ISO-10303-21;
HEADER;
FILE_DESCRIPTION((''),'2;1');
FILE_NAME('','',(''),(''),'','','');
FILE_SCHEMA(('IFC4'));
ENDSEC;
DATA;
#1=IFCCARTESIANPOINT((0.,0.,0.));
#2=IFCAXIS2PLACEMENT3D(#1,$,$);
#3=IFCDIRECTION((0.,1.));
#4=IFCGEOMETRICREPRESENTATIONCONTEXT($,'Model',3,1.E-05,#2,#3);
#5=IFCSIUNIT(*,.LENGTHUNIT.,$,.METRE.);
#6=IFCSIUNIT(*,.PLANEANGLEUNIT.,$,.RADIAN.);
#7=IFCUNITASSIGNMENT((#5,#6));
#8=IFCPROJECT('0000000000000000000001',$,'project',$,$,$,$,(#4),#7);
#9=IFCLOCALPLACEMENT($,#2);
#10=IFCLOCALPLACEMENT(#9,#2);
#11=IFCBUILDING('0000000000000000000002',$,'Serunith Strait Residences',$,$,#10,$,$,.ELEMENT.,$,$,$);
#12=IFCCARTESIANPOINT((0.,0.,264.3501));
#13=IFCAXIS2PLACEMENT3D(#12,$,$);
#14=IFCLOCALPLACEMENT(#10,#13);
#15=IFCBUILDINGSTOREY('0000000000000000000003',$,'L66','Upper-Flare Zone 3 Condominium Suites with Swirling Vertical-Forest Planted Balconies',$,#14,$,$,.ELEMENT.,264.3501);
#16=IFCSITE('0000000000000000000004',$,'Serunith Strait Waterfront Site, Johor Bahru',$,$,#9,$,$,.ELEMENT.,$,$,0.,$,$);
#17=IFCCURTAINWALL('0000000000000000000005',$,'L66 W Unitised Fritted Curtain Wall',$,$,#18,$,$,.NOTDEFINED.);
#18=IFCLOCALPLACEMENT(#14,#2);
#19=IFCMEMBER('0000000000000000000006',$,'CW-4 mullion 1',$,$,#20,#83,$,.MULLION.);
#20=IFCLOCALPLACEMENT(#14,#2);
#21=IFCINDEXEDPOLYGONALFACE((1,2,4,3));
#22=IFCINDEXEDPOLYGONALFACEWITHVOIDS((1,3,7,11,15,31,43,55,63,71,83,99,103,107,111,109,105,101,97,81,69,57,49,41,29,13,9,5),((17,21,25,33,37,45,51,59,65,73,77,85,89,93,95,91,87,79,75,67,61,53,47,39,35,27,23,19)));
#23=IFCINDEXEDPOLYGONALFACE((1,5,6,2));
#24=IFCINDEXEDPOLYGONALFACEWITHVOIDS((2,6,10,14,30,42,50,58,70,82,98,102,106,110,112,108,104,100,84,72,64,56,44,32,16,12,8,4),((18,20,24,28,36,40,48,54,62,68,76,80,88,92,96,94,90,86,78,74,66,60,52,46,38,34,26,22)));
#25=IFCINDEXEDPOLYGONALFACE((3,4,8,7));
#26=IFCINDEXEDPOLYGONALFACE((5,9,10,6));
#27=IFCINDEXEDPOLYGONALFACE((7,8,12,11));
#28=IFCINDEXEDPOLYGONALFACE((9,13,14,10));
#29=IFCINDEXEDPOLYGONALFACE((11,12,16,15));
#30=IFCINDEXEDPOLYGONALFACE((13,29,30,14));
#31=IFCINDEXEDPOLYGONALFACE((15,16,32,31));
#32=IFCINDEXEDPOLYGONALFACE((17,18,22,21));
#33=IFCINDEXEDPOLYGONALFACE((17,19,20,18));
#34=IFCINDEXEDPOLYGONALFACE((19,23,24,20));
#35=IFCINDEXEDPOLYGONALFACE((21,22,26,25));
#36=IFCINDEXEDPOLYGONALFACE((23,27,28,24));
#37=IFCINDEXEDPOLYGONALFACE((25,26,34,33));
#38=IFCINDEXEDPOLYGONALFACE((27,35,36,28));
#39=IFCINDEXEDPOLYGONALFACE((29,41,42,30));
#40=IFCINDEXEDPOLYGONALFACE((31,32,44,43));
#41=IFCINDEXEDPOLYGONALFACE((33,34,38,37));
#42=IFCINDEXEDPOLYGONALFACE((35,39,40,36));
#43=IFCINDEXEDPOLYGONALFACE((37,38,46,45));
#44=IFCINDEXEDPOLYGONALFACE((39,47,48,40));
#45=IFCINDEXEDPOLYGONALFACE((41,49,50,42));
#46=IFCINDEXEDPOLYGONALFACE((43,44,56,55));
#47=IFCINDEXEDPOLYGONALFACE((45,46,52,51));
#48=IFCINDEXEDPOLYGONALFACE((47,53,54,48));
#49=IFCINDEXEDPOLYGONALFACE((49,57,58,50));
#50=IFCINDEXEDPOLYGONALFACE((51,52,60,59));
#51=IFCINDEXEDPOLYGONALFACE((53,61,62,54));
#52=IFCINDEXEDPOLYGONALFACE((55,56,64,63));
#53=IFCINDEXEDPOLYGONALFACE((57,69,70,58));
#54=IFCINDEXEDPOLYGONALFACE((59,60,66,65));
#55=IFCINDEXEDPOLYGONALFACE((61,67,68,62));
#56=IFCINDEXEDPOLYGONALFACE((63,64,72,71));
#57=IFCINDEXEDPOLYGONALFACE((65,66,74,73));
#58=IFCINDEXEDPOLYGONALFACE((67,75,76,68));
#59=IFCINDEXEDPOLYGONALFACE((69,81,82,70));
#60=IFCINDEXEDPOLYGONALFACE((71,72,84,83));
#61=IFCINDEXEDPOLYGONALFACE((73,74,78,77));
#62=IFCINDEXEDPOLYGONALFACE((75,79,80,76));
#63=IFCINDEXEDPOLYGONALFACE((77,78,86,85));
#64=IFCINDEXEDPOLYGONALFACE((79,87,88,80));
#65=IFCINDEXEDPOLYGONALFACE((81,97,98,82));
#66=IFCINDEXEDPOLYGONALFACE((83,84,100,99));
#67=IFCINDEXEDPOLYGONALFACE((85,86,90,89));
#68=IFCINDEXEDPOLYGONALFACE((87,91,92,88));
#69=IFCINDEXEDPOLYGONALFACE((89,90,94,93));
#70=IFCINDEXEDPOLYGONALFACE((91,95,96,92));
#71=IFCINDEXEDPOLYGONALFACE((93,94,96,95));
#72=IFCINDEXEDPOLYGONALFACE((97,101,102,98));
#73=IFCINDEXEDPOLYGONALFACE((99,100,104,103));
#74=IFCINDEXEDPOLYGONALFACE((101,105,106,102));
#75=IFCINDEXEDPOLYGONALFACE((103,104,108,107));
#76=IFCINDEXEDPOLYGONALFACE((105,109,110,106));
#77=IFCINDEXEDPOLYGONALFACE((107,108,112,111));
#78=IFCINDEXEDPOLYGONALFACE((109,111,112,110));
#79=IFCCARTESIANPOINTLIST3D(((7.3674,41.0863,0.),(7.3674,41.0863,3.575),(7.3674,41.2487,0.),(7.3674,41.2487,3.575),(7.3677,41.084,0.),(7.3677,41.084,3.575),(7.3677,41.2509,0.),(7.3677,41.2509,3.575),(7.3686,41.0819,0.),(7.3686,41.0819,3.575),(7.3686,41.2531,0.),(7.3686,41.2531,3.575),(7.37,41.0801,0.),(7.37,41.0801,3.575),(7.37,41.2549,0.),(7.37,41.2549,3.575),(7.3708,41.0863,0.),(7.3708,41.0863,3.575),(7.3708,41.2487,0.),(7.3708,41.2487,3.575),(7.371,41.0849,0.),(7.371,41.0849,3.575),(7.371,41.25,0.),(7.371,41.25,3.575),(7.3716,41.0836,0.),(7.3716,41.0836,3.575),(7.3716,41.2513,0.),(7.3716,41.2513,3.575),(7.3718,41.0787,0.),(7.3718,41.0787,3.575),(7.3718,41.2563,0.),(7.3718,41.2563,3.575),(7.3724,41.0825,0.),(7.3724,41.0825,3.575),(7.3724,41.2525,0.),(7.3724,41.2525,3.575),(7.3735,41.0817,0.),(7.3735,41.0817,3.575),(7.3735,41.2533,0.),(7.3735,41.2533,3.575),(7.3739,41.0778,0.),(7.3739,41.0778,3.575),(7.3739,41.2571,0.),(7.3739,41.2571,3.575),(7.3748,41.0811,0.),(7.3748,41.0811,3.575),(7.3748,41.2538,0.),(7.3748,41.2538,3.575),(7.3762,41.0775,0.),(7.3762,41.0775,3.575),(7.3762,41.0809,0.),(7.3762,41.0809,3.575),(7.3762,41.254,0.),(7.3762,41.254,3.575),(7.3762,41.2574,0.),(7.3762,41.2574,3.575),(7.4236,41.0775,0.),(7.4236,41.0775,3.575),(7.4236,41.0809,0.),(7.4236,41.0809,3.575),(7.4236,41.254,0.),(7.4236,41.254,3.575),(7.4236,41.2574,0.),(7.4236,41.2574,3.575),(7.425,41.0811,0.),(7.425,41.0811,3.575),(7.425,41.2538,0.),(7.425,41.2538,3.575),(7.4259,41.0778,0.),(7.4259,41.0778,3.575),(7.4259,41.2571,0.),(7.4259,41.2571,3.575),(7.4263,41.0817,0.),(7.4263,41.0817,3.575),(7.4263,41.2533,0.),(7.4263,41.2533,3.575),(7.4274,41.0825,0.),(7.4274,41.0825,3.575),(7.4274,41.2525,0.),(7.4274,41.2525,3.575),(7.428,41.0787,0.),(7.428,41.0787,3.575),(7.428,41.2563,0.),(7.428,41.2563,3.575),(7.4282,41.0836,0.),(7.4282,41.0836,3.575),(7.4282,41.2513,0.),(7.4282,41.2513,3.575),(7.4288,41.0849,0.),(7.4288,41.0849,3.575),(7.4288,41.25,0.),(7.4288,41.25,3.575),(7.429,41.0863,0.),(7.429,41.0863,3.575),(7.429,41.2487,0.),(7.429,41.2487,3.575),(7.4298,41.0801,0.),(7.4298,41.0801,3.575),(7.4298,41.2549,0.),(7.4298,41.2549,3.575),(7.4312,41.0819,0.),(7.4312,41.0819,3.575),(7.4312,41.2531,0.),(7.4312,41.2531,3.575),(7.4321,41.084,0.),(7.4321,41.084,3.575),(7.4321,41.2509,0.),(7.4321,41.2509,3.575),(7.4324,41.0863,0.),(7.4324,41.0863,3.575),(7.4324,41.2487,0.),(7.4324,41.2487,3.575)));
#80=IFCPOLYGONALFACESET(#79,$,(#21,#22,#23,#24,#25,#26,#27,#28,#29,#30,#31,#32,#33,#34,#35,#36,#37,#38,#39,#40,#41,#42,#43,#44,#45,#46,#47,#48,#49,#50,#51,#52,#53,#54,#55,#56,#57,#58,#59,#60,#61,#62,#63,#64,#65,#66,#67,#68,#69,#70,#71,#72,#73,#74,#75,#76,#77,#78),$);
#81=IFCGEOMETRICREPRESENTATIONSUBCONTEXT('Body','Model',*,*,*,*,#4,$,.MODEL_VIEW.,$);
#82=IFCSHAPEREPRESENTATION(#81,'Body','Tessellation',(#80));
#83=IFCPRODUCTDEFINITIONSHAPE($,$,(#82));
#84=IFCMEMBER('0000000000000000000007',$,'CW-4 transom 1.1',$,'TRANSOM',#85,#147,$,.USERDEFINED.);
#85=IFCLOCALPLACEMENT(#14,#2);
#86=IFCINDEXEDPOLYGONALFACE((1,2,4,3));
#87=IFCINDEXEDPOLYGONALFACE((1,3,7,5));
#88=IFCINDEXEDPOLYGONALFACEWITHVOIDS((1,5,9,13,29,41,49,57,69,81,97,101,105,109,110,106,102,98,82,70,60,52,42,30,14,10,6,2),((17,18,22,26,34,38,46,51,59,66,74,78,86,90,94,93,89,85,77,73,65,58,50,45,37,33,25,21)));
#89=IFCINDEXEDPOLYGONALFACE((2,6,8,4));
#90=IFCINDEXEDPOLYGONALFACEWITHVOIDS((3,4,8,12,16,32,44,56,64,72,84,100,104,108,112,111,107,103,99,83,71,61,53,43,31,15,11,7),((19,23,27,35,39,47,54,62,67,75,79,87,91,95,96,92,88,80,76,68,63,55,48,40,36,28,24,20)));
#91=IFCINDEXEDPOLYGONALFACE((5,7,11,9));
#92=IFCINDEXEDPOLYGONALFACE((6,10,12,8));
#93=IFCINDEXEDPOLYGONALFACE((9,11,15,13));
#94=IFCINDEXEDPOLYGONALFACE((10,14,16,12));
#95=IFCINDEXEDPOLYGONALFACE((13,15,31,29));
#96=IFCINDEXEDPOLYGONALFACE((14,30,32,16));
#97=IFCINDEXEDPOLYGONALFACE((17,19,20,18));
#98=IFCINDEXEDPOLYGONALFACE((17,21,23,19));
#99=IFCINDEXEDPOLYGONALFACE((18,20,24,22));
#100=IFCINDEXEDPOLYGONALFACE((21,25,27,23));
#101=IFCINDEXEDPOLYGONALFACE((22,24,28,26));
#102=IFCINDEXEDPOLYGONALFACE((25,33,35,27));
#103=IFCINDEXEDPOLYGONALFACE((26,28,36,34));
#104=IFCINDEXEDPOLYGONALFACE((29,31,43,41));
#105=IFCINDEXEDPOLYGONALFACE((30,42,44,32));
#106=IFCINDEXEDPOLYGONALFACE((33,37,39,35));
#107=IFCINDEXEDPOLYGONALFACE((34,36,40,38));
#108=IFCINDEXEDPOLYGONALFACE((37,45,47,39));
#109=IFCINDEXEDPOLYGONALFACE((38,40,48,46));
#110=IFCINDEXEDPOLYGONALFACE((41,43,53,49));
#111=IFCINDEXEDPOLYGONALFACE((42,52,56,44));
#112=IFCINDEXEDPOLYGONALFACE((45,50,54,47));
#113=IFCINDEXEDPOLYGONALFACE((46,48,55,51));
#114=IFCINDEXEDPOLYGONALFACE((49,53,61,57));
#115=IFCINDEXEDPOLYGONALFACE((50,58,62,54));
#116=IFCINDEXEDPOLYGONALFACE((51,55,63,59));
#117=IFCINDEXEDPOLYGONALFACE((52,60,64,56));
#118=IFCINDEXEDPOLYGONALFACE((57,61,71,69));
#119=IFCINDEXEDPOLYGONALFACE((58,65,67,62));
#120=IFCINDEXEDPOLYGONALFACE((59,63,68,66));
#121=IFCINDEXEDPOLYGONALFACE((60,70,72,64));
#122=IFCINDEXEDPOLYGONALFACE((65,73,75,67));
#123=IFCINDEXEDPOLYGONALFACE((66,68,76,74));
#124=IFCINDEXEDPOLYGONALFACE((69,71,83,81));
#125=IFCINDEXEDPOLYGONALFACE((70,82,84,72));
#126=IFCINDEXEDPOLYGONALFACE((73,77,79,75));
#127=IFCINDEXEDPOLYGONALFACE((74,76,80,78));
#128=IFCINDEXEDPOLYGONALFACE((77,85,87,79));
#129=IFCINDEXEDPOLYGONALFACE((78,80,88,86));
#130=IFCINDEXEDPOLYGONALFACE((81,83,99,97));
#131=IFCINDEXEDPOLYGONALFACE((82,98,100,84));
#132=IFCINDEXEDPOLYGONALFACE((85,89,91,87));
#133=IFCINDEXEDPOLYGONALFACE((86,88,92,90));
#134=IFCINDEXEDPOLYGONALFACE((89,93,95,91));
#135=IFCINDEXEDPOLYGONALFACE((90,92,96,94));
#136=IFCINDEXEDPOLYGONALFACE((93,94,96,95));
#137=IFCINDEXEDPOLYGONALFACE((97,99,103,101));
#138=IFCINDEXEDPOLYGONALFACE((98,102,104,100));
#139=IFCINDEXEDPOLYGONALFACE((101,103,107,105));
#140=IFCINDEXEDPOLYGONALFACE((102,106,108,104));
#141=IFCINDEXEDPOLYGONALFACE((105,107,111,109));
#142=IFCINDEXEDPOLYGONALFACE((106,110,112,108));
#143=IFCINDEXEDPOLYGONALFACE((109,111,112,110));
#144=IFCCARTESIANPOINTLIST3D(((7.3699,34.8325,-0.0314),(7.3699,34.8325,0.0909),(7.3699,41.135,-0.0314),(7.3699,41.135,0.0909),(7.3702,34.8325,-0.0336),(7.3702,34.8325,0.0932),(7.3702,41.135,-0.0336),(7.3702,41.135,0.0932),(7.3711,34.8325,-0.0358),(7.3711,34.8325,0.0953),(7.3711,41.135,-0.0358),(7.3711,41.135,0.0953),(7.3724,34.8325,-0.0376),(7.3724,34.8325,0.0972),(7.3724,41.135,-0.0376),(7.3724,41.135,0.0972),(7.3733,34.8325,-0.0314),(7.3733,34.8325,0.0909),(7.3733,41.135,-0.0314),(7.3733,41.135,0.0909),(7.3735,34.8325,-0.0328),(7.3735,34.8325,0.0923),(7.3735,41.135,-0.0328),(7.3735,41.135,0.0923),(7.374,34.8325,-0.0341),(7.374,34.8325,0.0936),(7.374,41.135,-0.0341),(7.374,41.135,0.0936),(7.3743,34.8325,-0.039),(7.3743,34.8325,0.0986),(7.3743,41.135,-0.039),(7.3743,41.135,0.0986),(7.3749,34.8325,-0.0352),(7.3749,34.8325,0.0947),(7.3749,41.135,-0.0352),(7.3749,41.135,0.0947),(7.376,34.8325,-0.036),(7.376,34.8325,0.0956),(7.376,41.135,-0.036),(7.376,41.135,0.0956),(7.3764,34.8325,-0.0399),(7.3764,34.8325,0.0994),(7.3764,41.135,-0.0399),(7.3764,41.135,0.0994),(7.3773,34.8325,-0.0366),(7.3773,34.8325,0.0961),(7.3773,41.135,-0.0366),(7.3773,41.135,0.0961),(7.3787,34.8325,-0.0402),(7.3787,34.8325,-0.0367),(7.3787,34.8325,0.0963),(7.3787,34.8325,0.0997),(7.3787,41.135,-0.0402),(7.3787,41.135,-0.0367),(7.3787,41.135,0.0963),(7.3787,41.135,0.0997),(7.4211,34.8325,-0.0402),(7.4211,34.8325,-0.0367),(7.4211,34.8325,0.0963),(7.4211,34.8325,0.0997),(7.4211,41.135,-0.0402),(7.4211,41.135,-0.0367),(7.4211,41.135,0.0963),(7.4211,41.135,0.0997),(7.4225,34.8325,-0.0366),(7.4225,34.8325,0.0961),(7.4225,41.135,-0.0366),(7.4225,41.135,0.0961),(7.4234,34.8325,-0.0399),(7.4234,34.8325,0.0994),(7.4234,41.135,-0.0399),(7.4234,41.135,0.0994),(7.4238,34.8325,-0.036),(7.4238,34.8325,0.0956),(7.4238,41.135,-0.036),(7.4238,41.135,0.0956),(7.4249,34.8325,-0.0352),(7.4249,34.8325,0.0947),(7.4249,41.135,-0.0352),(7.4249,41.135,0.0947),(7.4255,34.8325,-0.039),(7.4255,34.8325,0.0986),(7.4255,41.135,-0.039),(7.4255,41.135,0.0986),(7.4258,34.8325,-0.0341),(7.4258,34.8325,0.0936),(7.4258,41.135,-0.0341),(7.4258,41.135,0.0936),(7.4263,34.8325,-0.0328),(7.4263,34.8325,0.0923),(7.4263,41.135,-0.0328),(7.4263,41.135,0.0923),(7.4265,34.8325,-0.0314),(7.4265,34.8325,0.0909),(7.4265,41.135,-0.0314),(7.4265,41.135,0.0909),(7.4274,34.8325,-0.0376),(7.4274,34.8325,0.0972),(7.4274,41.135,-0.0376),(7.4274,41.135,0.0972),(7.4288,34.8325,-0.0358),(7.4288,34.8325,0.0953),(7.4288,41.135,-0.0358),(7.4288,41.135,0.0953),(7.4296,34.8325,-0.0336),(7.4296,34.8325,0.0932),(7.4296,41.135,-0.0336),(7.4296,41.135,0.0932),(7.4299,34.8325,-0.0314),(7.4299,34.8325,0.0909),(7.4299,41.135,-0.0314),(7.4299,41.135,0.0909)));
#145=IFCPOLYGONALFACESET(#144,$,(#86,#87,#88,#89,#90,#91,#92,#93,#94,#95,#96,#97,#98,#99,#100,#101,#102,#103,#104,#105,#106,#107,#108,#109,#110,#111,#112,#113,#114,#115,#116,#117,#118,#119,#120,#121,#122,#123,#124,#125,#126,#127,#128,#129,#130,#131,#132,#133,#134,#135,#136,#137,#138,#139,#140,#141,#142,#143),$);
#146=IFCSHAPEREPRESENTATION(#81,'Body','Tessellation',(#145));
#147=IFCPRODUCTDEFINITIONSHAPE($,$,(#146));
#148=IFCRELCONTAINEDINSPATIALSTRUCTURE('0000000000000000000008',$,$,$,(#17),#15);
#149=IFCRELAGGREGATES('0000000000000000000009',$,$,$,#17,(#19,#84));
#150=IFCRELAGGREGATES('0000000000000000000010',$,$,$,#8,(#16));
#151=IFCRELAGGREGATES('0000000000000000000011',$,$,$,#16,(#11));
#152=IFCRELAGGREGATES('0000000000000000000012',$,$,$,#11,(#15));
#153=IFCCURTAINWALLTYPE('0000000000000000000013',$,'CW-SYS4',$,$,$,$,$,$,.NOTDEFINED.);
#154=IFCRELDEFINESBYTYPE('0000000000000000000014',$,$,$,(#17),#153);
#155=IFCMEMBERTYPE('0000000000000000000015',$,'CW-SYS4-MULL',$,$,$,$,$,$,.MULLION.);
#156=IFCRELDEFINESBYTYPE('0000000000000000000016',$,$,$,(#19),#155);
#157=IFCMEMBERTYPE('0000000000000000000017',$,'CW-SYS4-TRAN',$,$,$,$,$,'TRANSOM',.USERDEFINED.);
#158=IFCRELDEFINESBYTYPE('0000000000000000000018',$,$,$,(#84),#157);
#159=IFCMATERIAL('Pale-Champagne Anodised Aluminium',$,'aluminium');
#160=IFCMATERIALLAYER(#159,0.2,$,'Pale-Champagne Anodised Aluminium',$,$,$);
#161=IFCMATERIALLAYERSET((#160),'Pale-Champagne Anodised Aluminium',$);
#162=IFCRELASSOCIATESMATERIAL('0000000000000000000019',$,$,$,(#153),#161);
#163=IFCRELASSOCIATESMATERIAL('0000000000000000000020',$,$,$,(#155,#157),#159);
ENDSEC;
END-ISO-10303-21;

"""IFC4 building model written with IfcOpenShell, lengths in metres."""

from ifc_helpers import new_model, si_unit, direction, frame, origin, origin_2d, place, context, subcontext, project, spatial, hollow_rectangle, extrude, source, transform, mapped, material, layer, layer_set, material_profile, profile_set, type_object, element, aggregate, save


model = new_model("IFC4")

# Units and contexts
model_context = context("Model", 3, precision=1e-05, world=origin(), true_north=direction((0.0, 1.0)))
body_context = subcontext(model_context, "Body", "Model", "MODEL_VIEW")
ifc_project = project(units=[si_unit("LENGTHUNIT", "METRE"), si_unit("PLANEANGLEUNIT", "RADIAN")], contexts=[model_context])

# Site, building, storey
site_placement = place(None, origin())
site = spatial("IfcSite", under=ifc_project, at=site_placement, Name="Serunith Strait Waterfront Site, Johor Bahru", CompositionType="ELEMENT", RefElevation=0.0)
building_placement = place(site_placement, origin())
building = spatial("IfcBuilding", under=site, at=building_placement, Name="Serunith Strait Residences", CompositionType="ELEMENT")
storey_placement = place(building_placement, frame((0.0, 0.0, 264.3501)))
storey = spatial("IfcBuildingStorey", under=building, at=storey_placement, Name="L66", Description="Upper-Flare Zone 3 Condominium Suites with Swirling Vertical-Forest Planted Balconies", CompositionType="ELEMENT", Elevation=264.3501)

# Shared definitions
ifc_material_1 = material(Name="Pale-Champagne Anodised Aluminium", Category="aluminium")
ifc_layer_1 = layer(ifc_material_1, 0.2, Name="Pale-Champagne Anodised Aluminium")
ifc_layer_set_1 = layer_set([ifc_layer_1], Name="Pale-Champagne Anodised Aluminium")
curtain_wall_type = type_object("IfcCurtainWallType", Name="CW-SYS4", PredefinedType="NOTDEFINED", material=ifc_layer_set_1)
ifc_material_profile_1 = material_profile(ifc_material_1, hollow_rectangle(XDim=0.0649, YDim=0.1799, WallThickness=0.0034, InnerFilletRadius=0.0054, OuterFilletRadius=0.0088, at=origin_2d()), Name="ALU 180x65x3.5")
ifc_profile_set_1 = profile_set([ifc_material_profile_1], Name="Pale-Champagne Anodised Aluminium")
member_type_1 = type_object("IfcMemberType", Name="CW-SYS4-MULL", PredefinedType="MULLION", material=ifc_profile_set_1)
shared_shape_1 = source(origin(), body_context, "Body", "SweptSolid", [
    extrude(hollow_rectangle(XDim=0.0649, YDim=0.1799, WallThickness=0.0034, InnerFilletRadius=0.0054, OuterFilletRadius=0.0088, at=origin_2d()), origin(), (0.0, 0.0, 1.0), 3.575),
])

# Curtain wall, members
curtain_wall_1_placement = place(storey_placement, origin())
curtain_wall_1 = element("IfcCurtainWall", 1, at=curtain_wall_1_placement, inside=storey, type_object=curtain_wall_type, Name="L66 W Unitised Fritted Curtain Wall", PredefinedType="NOTDEFINED")
member_1_placement = place(storey_placement, frame((7.3999, 41.1675, 0.0), z_axis=(0.0, 0.0, 1.0), x_axis=(1.0, 0.0, 0.0)))
member_1 = element("IfcMember", 2, at=member_1_placement, type_object=member_type_1, Name="CW-4 mullion 1", PredefinedType="MULLION", context=body_context, shape_type="MappedRepresentation", body=[
    mapped(shared_shape_1, transform((0.0, 0.0, 0.0), scale=1.0)),
])
ifc_material_profile_2 = material_profile(ifc_material_1, hollow_rectangle(XDim=0.0601, YDim=0.1399, WallThickness=0.0034, InnerFilletRadius=0.0054, OuterFilletRadius=0.0088, at=origin_2d()), Name="ALU 140x60x3.5")
ifc_profile_set_2 = profile_set([ifc_material_profile_2], Name="Pale-Champagne Anodised Aluminium")
member_type_2 = type_object("IfcMemberType", Name="CW-SYS4-TRAN", ElementType="TRANSOM", PredefinedType="USERDEFINED", material=ifc_profile_set_2)
shared_shape_2 = source(origin(), body_context, "Body", "SweptSolid", [
    extrude(hollow_rectangle(XDim=0.0601, YDim=0.1399, WallThickness=0.0034, InnerFilletRadius=0.0054, OuterFilletRadius=0.0088, at=origin_2d()), origin(), (0.0, 0.0, 1.0), 6.3025),
])
member_2_placement = place(storey_placement, frame((7.3999, 41.135, 0.0298), z_axis=(0.0, -1.0, 0.0), x_axis=(1.0, 0.0, 0.0)))
member_2 = element("IfcMember", 3, at=member_2_placement, type_object=member_type_2, Name="CW-4 transom 1.1", ObjectType="TRANSOM", PredefinedType="USERDEFINED", context=body_context, shape_type="MappedRepresentation", body=[
    mapped(shared_shape_2, transform((0.0, 0.0, 0.0), scale=1.0)),
])
aggregate(curtain_wall_1, [member_1, member_2])

save(model, "model.ifc")
